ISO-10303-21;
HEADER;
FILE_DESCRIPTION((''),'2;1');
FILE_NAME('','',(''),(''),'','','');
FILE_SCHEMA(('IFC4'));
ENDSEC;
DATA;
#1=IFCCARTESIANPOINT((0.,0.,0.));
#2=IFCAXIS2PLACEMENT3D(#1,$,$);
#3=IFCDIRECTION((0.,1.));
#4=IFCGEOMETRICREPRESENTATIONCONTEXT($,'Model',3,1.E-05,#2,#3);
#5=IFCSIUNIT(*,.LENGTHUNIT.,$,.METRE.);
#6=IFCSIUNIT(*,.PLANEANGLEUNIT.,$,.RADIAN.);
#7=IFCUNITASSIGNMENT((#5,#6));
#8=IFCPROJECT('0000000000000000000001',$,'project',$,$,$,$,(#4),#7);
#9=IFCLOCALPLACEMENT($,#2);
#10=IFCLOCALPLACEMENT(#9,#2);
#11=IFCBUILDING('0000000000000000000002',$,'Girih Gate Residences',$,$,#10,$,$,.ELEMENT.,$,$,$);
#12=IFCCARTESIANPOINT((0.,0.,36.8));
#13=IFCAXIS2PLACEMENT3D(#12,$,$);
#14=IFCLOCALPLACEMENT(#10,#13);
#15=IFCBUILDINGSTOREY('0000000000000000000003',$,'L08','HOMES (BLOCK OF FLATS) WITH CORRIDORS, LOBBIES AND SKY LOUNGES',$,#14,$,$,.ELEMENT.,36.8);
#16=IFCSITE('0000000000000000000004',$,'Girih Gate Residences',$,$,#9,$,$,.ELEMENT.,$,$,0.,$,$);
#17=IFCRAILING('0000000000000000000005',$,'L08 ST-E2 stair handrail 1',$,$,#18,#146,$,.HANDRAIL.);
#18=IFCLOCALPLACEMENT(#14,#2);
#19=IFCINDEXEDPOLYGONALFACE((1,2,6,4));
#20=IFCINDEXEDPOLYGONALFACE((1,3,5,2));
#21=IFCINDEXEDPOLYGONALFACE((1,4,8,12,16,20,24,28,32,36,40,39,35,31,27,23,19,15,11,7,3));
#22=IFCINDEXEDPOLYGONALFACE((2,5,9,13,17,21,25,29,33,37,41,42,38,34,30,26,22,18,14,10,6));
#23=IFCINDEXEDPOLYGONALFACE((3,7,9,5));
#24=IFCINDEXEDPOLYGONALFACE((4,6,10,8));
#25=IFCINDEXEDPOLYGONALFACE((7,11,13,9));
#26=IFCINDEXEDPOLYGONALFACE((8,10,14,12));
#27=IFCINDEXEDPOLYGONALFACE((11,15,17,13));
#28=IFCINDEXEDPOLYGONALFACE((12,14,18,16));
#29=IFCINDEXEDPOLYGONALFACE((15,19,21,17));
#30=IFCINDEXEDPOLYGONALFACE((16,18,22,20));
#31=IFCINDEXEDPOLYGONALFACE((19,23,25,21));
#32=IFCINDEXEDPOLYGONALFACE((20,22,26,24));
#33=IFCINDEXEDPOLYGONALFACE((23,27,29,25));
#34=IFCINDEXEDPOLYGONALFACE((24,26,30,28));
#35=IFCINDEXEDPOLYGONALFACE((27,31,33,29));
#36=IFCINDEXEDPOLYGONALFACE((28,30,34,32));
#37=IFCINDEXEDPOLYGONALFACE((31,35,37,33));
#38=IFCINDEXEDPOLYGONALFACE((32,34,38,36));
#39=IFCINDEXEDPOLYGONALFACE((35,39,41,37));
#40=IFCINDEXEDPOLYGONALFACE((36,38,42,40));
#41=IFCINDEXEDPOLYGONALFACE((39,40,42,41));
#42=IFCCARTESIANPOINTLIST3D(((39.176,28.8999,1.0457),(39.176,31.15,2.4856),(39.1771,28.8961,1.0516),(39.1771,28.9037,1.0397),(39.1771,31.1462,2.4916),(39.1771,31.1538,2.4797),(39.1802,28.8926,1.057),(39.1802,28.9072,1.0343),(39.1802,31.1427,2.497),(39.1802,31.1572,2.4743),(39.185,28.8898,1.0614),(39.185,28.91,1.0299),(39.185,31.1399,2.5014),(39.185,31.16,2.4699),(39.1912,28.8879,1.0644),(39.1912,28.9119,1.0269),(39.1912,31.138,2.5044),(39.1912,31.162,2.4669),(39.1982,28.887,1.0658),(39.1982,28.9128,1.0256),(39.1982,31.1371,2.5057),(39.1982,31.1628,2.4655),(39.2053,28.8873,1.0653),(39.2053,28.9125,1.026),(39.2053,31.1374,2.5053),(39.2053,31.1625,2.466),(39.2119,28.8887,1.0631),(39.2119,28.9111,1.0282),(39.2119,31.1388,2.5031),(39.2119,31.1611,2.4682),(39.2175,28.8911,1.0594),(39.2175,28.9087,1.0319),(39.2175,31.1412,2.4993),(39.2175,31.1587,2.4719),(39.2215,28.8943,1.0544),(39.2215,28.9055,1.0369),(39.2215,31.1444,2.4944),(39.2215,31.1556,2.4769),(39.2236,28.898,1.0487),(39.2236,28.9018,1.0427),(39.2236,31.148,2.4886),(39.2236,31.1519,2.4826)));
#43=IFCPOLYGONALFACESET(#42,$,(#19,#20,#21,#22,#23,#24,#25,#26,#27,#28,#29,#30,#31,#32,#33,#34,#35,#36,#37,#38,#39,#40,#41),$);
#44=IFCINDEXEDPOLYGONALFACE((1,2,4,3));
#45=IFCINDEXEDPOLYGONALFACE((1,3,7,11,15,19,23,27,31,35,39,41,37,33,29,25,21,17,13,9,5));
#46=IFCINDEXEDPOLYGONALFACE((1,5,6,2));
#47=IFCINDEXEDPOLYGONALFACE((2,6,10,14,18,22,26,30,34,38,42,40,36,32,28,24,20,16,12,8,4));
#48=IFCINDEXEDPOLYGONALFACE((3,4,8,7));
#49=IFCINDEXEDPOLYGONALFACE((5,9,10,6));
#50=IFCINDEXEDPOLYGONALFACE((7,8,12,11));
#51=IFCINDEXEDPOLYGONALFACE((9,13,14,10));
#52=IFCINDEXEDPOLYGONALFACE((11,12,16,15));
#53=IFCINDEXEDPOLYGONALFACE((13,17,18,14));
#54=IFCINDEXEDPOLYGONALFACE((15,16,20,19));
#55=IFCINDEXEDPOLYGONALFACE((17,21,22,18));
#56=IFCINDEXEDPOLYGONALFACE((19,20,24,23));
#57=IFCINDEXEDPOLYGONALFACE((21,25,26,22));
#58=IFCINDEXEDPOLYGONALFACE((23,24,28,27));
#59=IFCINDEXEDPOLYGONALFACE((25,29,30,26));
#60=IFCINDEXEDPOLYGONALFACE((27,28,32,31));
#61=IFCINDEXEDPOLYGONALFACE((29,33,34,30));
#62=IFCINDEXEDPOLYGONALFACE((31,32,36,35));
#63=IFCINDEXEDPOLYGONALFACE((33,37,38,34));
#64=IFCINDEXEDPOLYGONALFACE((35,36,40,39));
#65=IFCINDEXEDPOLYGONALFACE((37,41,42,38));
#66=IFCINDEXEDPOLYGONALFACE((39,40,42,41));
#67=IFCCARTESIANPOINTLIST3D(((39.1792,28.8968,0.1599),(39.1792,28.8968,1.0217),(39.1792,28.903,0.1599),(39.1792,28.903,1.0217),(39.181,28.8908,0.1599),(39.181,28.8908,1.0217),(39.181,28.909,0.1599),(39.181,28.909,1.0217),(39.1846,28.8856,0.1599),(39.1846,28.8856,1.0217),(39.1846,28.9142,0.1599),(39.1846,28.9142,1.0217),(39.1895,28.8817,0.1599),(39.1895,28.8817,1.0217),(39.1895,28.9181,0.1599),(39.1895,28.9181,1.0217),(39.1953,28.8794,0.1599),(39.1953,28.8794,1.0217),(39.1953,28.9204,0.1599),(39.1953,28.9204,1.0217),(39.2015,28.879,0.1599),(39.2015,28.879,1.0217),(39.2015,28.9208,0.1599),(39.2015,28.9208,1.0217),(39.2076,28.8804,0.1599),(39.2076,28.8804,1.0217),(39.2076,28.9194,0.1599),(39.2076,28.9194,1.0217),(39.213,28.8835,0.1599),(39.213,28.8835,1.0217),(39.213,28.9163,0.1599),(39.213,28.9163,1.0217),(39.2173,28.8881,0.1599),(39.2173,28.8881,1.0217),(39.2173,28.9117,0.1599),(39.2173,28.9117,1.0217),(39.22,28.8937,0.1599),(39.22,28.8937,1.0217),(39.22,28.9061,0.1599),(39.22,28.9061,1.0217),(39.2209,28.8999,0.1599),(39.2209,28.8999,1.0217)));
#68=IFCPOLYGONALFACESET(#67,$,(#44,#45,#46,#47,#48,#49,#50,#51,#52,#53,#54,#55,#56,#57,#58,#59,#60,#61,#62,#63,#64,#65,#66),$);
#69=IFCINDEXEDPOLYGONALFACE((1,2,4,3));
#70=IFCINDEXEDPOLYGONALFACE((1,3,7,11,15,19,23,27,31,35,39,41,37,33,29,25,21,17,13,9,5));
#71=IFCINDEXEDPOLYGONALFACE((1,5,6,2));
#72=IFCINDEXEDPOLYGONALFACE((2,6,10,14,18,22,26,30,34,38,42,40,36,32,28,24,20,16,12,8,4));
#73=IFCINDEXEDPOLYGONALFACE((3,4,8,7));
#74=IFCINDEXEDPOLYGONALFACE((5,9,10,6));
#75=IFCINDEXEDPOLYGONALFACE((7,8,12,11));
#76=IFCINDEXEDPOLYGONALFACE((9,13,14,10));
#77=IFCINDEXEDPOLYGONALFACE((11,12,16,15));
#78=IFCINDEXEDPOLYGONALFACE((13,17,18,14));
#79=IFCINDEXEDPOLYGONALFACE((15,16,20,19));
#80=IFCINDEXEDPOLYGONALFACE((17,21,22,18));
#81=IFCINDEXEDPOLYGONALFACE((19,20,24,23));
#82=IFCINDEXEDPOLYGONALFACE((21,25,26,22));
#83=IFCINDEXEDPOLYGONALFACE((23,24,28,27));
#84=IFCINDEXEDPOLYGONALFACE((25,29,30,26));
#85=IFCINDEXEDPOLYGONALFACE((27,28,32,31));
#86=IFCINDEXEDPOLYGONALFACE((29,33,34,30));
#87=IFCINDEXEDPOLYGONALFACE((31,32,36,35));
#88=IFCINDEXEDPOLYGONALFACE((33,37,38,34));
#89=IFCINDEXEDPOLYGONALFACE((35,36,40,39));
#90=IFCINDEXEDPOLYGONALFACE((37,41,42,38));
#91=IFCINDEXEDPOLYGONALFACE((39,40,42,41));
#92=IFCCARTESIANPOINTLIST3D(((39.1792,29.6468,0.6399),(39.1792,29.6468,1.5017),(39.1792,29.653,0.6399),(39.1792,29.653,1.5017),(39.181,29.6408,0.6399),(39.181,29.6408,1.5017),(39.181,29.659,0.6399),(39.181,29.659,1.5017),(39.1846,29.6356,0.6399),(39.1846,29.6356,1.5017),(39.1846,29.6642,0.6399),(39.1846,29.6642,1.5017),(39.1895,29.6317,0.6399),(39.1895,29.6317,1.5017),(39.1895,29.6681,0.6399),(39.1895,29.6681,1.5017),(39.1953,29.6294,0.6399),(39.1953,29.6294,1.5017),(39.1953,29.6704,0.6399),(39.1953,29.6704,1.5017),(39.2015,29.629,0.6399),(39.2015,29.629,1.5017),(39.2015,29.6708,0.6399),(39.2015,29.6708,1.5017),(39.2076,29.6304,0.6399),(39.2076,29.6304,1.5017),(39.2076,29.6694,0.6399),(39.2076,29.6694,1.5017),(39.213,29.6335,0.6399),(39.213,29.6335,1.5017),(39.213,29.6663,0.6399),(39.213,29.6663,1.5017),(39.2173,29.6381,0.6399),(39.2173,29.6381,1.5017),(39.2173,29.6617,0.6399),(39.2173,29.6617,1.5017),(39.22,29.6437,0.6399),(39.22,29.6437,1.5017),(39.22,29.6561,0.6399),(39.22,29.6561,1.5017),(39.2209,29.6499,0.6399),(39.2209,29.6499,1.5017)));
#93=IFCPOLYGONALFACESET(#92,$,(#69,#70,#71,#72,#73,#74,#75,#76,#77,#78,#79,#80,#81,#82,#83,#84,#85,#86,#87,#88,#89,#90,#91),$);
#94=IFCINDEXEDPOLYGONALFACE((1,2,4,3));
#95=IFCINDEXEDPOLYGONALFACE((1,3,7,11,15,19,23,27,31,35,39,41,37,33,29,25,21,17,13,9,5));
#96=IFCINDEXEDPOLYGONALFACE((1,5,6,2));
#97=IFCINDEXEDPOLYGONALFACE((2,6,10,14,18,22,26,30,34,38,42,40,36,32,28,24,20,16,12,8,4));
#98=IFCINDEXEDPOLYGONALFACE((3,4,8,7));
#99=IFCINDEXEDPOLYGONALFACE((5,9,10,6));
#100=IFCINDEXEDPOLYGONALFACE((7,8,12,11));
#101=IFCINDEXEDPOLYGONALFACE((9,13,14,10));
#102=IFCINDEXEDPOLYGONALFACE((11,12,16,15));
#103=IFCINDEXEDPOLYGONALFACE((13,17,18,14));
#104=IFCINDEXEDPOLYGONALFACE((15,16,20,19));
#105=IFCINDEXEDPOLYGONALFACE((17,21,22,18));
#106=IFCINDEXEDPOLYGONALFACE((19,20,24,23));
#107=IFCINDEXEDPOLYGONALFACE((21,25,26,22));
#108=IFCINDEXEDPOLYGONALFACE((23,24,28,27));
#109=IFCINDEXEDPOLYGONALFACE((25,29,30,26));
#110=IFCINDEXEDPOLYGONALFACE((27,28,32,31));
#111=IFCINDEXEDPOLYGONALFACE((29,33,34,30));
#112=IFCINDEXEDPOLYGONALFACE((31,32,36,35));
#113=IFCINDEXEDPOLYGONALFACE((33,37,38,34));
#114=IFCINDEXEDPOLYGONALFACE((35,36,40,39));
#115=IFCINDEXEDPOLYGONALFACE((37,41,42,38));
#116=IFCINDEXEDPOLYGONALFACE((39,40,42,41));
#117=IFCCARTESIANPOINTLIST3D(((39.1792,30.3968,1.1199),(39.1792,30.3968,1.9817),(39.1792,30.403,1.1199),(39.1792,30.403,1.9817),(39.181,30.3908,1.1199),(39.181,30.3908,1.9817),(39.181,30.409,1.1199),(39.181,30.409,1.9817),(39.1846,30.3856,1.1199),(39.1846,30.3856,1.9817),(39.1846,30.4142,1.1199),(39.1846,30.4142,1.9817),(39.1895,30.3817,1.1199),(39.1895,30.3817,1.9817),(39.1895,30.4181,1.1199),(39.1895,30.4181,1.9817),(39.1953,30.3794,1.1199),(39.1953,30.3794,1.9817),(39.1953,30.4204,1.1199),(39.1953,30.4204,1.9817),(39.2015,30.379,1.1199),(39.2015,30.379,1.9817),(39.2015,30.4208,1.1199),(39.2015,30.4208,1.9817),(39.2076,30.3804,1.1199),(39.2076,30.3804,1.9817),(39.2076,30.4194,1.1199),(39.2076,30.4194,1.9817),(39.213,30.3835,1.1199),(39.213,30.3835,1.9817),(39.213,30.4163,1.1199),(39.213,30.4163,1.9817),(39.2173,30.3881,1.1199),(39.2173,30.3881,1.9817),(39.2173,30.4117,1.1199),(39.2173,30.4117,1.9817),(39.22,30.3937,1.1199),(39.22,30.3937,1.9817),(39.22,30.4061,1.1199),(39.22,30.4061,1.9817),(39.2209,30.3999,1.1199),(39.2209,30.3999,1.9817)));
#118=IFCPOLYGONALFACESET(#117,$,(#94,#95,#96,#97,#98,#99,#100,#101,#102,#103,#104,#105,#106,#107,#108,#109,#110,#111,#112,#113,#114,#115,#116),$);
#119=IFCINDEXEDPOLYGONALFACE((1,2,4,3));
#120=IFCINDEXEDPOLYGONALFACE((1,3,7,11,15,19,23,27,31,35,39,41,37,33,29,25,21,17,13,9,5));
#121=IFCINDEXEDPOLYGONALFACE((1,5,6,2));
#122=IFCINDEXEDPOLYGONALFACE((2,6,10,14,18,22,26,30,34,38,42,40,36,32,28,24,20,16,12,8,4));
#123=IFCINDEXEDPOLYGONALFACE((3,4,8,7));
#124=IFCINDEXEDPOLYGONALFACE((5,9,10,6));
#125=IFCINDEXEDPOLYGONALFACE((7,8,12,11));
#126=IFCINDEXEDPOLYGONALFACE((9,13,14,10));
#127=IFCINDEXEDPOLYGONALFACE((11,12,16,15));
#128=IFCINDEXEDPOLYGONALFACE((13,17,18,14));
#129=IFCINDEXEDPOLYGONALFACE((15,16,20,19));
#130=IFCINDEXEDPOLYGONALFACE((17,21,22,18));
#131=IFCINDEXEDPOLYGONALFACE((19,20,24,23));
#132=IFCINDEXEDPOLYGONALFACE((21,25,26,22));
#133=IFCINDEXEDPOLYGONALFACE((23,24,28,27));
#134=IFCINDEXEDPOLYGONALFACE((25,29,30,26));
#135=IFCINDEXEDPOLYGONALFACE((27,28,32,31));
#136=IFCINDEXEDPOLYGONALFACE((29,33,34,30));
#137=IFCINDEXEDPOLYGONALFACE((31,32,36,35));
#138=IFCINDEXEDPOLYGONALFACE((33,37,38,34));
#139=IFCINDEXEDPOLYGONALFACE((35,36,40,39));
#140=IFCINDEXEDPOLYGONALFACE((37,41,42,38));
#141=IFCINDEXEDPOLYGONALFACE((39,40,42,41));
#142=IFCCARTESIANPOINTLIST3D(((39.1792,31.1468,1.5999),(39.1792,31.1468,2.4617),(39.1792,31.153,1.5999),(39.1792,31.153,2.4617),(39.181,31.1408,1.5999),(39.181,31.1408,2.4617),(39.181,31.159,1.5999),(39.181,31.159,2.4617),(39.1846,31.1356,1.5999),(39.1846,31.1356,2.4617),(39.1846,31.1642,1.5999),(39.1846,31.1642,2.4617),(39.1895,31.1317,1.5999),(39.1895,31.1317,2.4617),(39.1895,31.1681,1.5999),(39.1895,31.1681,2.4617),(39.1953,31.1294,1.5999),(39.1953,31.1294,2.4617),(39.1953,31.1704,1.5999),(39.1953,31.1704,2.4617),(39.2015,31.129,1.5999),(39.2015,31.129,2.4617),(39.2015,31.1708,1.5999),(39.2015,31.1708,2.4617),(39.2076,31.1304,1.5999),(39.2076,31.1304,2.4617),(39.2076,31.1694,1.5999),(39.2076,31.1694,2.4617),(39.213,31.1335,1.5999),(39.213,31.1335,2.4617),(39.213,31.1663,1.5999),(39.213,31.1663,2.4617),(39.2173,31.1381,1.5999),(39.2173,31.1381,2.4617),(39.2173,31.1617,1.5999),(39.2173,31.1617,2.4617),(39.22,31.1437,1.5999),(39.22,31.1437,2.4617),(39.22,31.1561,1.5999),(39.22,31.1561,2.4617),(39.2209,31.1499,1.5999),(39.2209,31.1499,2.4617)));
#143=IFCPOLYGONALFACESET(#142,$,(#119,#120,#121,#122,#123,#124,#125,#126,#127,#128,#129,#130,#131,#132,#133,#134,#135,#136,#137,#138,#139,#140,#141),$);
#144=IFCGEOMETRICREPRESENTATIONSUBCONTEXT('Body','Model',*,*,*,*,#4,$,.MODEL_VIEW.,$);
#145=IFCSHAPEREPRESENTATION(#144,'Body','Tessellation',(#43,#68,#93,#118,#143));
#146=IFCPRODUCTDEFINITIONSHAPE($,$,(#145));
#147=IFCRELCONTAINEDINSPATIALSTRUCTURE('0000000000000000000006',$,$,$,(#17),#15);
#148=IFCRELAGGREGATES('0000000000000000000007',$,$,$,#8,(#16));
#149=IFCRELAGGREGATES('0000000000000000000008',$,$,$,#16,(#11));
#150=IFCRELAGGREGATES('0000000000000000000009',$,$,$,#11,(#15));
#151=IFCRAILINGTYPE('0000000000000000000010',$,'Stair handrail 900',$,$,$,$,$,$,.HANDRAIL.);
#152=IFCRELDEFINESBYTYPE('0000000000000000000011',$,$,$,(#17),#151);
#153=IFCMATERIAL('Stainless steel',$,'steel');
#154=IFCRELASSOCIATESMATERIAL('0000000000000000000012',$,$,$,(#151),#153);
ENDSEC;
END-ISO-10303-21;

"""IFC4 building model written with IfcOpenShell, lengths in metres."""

from ifc_helpers import new_model, si_unit, direction, frame, origin, origin_2d, place, context, subcontext, project, spatial, circle, extrude, material, type_object, element, save


model = new_model("IFC4")

# Units and contexts
model_context = context("Model", 3, precision=1e-05, world=origin(), true_north=direction((0.0, 1.0)))
body_context = subcontext(model_context, "Body", "Model", "MODEL_VIEW")
ifc_project = project(units=[si_unit("LENGTHUNIT", "METRE"), si_unit("PLANEANGLEUNIT", "RADIAN")], contexts=[model_context])

# Site, building, storey
site_placement = place(None, origin())
site = spatial("IfcSite", under=ifc_project, at=site_placement, Name="Girih Gate Residences", CompositionType="ELEMENT", RefElevation=0.0)
building_placement = place(site_placement, origin())
building = spatial("IfcBuilding", under=site, at=building_placement, Name="Girih Gate Residences", CompositionType="ELEMENT")
storey_placement = place(building_placement, frame((0.0, 0.0, 36.8)))
storey = spatial("IfcBuildingStorey", under=building, at=storey_placement, Name="L08", Description="HOMES (BLOCK OF FLATS) WITH CORRIDORS, LOBBIES AND SKY LOUNGES", CompositionType="ELEMENT", Elevation=36.8)

# Railing
ifc_material_1 = material(Name="Stainless steel", Category="steel")
railing_type_1 = type_object("IfcRailingType", Name="Stair handrail 900", PredefinedType="HANDRAIL", material=ifc_material_1)
railing_1_placement = place(storey_placement, frame((39.2, 28.8999, 0.1599)))
element("IfcRailing", 1, at=railing_1_placement, inside=storey, type_object=railing_type_1, Name="L08 ST-E2 stair handrail 1", PredefinedType="HANDRAIL", context=body_context, shape_type="SweptSolid", body=[
    extrude(circle(Radius=0.0239, at=origin_2d()), frame((0.0, 0.0, 0.8857), z_axis=(0.0, 0.842281, 0.539038), x_axis=(-1.0, 0.0, 0.0)), (0.0, 0.0, 1.0), 2.6714),
    extrude(circle(Radius=0.021, at=origin_2d()), origin(), (0.0, 0.0, 1.0), 0.8618),
    extrude(circle(Radius=0.021, at=origin_2d()), frame((0.0, 0.75, 0.48)), (0.0, 0.0, 1.0), 0.8618),
    extrude(circle(Radius=0.021, at=origin_2d()), frame((0.0, 1.5, 0.96)), (0.0, 0.0, 1.0), 0.8618),
    extrude(circle(Radius=0.021, at=origin_2d()), frame((0.0, 2.25, 1.4399)), (0.0, 0.0, 1.0), 0.8618),
])

save(model, "model.ifc")
